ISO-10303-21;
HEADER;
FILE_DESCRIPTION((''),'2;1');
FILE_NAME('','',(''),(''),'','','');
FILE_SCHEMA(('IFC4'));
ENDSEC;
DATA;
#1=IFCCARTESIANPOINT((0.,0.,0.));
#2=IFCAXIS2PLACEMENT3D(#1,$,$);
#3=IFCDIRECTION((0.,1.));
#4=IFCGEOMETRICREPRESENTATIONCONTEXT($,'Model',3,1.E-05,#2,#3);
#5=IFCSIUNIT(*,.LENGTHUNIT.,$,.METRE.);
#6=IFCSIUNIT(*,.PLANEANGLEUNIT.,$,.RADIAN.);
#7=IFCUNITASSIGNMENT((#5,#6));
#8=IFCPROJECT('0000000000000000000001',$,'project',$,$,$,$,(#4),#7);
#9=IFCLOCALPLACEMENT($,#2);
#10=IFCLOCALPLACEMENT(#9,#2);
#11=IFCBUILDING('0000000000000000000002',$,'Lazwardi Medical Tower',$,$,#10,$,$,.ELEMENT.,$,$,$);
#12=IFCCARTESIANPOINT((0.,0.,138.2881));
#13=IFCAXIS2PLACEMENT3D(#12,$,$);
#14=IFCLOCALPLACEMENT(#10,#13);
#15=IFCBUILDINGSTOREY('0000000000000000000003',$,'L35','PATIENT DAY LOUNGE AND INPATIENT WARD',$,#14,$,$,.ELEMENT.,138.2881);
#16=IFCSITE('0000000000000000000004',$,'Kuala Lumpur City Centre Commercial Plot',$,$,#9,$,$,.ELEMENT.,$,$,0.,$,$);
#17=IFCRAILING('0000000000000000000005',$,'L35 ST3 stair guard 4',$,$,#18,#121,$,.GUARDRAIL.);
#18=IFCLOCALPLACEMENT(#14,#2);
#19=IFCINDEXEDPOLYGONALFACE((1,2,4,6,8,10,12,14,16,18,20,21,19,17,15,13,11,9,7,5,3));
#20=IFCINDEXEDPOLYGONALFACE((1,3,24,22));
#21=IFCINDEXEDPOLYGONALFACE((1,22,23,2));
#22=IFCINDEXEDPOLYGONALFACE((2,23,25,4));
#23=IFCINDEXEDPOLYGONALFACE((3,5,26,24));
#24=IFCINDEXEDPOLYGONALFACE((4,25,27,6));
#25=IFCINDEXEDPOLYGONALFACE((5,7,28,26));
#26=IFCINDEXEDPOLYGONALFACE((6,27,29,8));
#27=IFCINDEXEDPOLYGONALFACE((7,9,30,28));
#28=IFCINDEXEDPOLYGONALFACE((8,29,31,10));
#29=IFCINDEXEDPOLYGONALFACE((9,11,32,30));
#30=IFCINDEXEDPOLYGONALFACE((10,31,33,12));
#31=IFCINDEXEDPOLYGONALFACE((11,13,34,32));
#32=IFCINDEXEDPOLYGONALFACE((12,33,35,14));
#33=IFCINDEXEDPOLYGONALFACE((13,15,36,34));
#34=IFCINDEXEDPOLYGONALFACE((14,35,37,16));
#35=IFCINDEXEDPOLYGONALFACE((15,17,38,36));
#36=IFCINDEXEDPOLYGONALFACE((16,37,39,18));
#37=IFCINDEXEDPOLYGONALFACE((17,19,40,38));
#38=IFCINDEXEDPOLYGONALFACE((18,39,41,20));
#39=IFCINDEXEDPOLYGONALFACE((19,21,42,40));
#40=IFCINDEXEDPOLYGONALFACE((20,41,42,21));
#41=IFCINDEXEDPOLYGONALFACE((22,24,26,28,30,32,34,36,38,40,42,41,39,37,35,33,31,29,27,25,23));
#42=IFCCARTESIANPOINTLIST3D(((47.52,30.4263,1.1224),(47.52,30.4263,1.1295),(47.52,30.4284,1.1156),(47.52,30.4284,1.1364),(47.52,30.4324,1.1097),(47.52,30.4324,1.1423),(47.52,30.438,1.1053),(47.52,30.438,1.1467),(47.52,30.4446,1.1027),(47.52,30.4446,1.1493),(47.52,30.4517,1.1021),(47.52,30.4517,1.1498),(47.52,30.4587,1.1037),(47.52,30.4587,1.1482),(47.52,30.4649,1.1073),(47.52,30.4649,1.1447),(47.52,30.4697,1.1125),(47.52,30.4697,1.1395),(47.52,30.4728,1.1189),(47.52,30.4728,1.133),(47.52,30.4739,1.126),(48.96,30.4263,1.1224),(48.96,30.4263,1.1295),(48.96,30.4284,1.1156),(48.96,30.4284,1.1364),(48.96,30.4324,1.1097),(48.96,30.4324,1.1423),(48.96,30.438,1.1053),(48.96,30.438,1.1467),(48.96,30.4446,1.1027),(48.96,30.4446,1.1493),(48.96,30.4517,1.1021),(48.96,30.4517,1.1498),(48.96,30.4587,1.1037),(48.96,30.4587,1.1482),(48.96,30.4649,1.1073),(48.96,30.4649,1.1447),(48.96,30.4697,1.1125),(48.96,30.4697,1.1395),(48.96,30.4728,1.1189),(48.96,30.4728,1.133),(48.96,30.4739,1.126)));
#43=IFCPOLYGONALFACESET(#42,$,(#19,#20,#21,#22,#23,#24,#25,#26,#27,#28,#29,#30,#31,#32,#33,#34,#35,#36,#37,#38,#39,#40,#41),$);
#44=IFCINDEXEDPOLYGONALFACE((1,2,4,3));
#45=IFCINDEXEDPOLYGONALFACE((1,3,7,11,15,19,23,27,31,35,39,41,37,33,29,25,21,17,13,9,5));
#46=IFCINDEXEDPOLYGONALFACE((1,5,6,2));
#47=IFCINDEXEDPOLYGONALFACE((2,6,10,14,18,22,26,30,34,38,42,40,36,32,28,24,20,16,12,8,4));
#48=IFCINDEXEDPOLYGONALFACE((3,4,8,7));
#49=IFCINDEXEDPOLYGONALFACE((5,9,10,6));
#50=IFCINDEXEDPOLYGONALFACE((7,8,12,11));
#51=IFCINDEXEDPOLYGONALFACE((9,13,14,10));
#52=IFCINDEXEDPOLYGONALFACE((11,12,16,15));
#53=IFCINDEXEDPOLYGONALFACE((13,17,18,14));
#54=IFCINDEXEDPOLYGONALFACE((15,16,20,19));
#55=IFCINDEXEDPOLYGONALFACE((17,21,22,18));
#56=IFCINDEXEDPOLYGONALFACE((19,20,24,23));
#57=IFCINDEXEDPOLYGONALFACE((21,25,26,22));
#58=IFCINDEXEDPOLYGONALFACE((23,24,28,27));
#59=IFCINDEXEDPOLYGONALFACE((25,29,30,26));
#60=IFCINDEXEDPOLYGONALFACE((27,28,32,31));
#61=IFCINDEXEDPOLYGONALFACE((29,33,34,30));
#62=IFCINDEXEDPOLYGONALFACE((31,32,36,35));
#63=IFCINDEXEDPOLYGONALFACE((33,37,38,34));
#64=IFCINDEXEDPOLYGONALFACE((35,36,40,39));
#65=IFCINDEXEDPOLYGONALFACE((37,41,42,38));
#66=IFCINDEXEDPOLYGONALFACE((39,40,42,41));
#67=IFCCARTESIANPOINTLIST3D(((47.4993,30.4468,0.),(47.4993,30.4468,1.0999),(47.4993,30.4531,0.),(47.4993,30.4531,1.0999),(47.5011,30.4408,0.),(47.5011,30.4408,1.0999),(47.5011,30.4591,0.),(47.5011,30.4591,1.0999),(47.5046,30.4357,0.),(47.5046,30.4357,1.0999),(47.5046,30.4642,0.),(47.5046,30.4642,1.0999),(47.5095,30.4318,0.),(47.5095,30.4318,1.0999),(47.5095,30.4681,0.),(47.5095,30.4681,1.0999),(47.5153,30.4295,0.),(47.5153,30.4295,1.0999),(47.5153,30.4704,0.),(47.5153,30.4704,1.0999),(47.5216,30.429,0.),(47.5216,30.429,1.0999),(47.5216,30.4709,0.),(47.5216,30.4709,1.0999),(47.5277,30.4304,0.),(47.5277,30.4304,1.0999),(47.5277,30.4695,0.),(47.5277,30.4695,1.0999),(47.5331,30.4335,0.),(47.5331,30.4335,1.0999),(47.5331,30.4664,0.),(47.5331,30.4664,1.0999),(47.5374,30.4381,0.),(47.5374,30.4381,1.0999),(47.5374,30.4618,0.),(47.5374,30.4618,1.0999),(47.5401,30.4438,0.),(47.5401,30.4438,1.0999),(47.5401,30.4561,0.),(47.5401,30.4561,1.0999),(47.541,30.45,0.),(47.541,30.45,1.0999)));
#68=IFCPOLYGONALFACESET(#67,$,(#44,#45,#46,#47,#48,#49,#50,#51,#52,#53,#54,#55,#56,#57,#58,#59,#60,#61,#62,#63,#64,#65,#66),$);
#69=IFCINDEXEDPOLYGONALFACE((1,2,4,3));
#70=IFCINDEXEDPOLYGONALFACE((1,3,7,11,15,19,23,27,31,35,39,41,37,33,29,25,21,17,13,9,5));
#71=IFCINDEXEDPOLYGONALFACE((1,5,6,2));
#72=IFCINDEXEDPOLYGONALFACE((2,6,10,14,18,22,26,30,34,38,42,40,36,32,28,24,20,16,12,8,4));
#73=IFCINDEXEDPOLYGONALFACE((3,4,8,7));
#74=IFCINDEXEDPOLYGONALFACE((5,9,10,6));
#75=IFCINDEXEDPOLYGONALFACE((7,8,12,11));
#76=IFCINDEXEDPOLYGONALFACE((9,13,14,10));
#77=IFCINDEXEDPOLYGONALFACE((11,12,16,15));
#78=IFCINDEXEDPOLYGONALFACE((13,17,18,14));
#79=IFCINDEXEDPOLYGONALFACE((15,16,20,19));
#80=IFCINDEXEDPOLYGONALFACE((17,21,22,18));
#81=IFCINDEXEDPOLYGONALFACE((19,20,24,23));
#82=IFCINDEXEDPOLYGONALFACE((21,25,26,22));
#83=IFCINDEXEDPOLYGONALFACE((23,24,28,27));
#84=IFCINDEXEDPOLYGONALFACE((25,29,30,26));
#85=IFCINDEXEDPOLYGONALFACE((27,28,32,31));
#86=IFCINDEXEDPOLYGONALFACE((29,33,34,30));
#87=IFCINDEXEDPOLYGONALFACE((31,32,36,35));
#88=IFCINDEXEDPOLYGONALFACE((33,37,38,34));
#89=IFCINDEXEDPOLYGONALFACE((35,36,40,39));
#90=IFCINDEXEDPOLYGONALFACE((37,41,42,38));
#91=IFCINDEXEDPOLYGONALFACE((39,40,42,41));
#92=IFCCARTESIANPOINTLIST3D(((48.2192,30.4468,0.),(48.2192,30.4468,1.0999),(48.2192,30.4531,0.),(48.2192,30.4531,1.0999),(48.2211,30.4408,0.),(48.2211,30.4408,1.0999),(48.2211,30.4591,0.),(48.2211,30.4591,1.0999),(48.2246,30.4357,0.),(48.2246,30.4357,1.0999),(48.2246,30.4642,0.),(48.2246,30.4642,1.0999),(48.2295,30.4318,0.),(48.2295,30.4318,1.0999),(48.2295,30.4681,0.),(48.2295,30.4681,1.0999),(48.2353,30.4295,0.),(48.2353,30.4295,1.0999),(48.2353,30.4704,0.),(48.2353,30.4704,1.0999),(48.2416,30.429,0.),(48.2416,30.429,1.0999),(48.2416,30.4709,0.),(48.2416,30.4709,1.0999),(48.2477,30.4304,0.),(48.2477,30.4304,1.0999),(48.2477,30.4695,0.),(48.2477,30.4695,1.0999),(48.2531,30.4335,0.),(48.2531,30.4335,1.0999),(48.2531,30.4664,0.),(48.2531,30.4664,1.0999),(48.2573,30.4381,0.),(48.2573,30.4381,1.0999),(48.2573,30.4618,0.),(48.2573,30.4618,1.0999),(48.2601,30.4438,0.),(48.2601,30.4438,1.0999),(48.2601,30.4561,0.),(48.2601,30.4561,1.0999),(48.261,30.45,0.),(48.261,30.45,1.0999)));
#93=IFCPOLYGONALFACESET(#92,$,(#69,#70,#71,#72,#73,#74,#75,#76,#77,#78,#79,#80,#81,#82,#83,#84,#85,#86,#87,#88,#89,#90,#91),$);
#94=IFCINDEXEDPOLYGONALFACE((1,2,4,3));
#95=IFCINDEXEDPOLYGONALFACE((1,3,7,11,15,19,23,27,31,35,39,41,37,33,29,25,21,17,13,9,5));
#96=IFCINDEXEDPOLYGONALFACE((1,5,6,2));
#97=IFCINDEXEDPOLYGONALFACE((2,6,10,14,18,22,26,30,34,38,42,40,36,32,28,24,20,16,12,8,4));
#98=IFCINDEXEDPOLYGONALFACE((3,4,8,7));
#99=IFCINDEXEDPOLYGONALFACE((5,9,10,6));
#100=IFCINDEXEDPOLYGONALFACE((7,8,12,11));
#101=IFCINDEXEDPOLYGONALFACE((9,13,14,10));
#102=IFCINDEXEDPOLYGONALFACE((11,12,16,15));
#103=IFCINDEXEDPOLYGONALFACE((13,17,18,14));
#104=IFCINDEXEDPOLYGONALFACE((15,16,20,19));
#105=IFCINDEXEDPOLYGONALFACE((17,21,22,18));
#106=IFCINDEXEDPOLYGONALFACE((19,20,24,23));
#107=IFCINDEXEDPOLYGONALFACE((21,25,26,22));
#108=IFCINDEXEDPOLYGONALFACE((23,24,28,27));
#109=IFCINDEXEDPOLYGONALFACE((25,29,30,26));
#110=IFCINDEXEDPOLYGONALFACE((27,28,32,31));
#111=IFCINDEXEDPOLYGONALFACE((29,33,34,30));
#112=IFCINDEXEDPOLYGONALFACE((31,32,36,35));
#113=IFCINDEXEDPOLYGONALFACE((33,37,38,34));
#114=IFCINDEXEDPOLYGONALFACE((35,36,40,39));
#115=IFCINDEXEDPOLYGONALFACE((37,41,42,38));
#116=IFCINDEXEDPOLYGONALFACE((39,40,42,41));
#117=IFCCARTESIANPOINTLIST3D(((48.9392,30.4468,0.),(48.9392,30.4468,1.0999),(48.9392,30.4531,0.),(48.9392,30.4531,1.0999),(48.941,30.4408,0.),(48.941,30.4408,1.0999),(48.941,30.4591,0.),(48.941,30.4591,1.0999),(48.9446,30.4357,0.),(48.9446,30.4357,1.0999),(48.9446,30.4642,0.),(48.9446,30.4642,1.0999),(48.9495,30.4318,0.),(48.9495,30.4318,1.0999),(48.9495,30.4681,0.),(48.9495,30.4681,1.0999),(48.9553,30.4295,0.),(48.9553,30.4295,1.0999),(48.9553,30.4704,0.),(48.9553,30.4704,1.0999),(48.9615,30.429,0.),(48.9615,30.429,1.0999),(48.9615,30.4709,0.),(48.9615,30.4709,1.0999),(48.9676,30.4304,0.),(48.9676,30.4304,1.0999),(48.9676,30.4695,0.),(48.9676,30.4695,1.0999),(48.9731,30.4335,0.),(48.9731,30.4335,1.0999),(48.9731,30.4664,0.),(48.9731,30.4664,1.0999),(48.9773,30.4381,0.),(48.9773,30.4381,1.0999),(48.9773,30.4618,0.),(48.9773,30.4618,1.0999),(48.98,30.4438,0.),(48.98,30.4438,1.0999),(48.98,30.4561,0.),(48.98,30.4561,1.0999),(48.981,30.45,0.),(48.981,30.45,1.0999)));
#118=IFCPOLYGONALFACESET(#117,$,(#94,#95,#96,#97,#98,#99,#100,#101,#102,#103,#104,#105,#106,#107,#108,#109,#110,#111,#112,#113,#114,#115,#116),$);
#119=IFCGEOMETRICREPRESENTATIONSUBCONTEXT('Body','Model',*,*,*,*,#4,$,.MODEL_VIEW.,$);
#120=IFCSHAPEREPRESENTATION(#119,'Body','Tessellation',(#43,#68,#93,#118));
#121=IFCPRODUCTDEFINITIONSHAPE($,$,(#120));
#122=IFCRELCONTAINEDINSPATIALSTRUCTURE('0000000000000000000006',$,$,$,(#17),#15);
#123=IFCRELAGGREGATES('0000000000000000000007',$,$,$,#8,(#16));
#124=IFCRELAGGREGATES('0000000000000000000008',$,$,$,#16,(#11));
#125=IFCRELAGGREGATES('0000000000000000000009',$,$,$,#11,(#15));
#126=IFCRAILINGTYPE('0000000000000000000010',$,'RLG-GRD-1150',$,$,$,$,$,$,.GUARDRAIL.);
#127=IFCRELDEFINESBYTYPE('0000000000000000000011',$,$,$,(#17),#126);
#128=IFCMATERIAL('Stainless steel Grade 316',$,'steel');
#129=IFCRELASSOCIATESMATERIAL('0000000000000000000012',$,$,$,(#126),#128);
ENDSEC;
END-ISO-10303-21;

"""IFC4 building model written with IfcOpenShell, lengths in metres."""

from ifc_helpers import new_model, si_unit, direction, frame, origin, origin_2d, place, context, subcontext, project, spatial, circle, extrude, material, type_object, element, save


model = new_model("IFC4")

# Units and contexts
model_context = context("Model", 3, precision=1e-05, world=origin(), true_north=direction((0.0, 1.0)))
body_context = subcontext(model_context, "Body", "Model", "MODEL_VIEW")
ifc_project = project(units=[si_unit("LENGTHUNIT", "METRE"), si_unit("PLANEANGLEUNIT", "RADIAN")], contexts=[model_context])

# Site, building, storey
site_placement = place(None, origin())
site = spatial("IfcSite", under=ifc_project, at=site_placement, Name="Kuala Lumpur City Centre Commercial Plot", CompositionType="ELEMENT", RefElevation=0.0)
building_placement = place(site_placement, origin())
building = spatial("IfcBuilding", under=site, at=building_placement, Name="Lazwardi Medical Tower", CompositionType="ELEMENT")
storey_placement = place(building_placement, frame((0.0, 0.0, 138.2881)))
storey = spatial("IfcBuildingStorey", under=building, at=storey_placement, Name="L35", Description="PATIENT DAY LOUNGE AND INPATIENT WARD", CompositionType="ELEMENT", Elevation=138.2881)

# Railing
ifc_material_1 = material(Name="Stainless steel Grade 316", Category="steel")
railing_type = type_object("IfcRailingType", Name="RLG-GRD-1150", PredefinedType="GUARDRAIL", material=ifc_material_1)
railing_1_placement = place(storey_placement, frame((47.52, 30.45, 0.0)))
element("IfcRailing", 1, at=railing_1_placement, inside=storey, type_object=railing_type, Name="L35 ST3 stair guard 4", PredefinedType="GUARDRAIL", context=body_context, shape_type="SweptSolid", body=[
    extrude(circle(Radius=0.0239, at=origin_2d()), frame((0.0, 0.0, 1.126), z_axis=(1.0, 0.0, 0.0), x_axis=(0.0, 1.0, 0.0)), (0.0, 0.0, 1.0), 1.4399),
    extrude(circle(Radius=0.021, at=origin_2d()), origin(), (0.0, 0.0, 1.0), 1.0999),
    extrude(circle(Radius=0.021, at=origin_2d()), frame((0.72, 0.0, 0.0)), (0.0, 0.0, 1.0), 1.0999),
    extrude(circle(Radius=0.021, at=origin_2d()), frame((1.4399, 0.0, 0.0)), (0.0, 0.0, 1.0), 1.0999),
])

save(model, "model.ifc")
